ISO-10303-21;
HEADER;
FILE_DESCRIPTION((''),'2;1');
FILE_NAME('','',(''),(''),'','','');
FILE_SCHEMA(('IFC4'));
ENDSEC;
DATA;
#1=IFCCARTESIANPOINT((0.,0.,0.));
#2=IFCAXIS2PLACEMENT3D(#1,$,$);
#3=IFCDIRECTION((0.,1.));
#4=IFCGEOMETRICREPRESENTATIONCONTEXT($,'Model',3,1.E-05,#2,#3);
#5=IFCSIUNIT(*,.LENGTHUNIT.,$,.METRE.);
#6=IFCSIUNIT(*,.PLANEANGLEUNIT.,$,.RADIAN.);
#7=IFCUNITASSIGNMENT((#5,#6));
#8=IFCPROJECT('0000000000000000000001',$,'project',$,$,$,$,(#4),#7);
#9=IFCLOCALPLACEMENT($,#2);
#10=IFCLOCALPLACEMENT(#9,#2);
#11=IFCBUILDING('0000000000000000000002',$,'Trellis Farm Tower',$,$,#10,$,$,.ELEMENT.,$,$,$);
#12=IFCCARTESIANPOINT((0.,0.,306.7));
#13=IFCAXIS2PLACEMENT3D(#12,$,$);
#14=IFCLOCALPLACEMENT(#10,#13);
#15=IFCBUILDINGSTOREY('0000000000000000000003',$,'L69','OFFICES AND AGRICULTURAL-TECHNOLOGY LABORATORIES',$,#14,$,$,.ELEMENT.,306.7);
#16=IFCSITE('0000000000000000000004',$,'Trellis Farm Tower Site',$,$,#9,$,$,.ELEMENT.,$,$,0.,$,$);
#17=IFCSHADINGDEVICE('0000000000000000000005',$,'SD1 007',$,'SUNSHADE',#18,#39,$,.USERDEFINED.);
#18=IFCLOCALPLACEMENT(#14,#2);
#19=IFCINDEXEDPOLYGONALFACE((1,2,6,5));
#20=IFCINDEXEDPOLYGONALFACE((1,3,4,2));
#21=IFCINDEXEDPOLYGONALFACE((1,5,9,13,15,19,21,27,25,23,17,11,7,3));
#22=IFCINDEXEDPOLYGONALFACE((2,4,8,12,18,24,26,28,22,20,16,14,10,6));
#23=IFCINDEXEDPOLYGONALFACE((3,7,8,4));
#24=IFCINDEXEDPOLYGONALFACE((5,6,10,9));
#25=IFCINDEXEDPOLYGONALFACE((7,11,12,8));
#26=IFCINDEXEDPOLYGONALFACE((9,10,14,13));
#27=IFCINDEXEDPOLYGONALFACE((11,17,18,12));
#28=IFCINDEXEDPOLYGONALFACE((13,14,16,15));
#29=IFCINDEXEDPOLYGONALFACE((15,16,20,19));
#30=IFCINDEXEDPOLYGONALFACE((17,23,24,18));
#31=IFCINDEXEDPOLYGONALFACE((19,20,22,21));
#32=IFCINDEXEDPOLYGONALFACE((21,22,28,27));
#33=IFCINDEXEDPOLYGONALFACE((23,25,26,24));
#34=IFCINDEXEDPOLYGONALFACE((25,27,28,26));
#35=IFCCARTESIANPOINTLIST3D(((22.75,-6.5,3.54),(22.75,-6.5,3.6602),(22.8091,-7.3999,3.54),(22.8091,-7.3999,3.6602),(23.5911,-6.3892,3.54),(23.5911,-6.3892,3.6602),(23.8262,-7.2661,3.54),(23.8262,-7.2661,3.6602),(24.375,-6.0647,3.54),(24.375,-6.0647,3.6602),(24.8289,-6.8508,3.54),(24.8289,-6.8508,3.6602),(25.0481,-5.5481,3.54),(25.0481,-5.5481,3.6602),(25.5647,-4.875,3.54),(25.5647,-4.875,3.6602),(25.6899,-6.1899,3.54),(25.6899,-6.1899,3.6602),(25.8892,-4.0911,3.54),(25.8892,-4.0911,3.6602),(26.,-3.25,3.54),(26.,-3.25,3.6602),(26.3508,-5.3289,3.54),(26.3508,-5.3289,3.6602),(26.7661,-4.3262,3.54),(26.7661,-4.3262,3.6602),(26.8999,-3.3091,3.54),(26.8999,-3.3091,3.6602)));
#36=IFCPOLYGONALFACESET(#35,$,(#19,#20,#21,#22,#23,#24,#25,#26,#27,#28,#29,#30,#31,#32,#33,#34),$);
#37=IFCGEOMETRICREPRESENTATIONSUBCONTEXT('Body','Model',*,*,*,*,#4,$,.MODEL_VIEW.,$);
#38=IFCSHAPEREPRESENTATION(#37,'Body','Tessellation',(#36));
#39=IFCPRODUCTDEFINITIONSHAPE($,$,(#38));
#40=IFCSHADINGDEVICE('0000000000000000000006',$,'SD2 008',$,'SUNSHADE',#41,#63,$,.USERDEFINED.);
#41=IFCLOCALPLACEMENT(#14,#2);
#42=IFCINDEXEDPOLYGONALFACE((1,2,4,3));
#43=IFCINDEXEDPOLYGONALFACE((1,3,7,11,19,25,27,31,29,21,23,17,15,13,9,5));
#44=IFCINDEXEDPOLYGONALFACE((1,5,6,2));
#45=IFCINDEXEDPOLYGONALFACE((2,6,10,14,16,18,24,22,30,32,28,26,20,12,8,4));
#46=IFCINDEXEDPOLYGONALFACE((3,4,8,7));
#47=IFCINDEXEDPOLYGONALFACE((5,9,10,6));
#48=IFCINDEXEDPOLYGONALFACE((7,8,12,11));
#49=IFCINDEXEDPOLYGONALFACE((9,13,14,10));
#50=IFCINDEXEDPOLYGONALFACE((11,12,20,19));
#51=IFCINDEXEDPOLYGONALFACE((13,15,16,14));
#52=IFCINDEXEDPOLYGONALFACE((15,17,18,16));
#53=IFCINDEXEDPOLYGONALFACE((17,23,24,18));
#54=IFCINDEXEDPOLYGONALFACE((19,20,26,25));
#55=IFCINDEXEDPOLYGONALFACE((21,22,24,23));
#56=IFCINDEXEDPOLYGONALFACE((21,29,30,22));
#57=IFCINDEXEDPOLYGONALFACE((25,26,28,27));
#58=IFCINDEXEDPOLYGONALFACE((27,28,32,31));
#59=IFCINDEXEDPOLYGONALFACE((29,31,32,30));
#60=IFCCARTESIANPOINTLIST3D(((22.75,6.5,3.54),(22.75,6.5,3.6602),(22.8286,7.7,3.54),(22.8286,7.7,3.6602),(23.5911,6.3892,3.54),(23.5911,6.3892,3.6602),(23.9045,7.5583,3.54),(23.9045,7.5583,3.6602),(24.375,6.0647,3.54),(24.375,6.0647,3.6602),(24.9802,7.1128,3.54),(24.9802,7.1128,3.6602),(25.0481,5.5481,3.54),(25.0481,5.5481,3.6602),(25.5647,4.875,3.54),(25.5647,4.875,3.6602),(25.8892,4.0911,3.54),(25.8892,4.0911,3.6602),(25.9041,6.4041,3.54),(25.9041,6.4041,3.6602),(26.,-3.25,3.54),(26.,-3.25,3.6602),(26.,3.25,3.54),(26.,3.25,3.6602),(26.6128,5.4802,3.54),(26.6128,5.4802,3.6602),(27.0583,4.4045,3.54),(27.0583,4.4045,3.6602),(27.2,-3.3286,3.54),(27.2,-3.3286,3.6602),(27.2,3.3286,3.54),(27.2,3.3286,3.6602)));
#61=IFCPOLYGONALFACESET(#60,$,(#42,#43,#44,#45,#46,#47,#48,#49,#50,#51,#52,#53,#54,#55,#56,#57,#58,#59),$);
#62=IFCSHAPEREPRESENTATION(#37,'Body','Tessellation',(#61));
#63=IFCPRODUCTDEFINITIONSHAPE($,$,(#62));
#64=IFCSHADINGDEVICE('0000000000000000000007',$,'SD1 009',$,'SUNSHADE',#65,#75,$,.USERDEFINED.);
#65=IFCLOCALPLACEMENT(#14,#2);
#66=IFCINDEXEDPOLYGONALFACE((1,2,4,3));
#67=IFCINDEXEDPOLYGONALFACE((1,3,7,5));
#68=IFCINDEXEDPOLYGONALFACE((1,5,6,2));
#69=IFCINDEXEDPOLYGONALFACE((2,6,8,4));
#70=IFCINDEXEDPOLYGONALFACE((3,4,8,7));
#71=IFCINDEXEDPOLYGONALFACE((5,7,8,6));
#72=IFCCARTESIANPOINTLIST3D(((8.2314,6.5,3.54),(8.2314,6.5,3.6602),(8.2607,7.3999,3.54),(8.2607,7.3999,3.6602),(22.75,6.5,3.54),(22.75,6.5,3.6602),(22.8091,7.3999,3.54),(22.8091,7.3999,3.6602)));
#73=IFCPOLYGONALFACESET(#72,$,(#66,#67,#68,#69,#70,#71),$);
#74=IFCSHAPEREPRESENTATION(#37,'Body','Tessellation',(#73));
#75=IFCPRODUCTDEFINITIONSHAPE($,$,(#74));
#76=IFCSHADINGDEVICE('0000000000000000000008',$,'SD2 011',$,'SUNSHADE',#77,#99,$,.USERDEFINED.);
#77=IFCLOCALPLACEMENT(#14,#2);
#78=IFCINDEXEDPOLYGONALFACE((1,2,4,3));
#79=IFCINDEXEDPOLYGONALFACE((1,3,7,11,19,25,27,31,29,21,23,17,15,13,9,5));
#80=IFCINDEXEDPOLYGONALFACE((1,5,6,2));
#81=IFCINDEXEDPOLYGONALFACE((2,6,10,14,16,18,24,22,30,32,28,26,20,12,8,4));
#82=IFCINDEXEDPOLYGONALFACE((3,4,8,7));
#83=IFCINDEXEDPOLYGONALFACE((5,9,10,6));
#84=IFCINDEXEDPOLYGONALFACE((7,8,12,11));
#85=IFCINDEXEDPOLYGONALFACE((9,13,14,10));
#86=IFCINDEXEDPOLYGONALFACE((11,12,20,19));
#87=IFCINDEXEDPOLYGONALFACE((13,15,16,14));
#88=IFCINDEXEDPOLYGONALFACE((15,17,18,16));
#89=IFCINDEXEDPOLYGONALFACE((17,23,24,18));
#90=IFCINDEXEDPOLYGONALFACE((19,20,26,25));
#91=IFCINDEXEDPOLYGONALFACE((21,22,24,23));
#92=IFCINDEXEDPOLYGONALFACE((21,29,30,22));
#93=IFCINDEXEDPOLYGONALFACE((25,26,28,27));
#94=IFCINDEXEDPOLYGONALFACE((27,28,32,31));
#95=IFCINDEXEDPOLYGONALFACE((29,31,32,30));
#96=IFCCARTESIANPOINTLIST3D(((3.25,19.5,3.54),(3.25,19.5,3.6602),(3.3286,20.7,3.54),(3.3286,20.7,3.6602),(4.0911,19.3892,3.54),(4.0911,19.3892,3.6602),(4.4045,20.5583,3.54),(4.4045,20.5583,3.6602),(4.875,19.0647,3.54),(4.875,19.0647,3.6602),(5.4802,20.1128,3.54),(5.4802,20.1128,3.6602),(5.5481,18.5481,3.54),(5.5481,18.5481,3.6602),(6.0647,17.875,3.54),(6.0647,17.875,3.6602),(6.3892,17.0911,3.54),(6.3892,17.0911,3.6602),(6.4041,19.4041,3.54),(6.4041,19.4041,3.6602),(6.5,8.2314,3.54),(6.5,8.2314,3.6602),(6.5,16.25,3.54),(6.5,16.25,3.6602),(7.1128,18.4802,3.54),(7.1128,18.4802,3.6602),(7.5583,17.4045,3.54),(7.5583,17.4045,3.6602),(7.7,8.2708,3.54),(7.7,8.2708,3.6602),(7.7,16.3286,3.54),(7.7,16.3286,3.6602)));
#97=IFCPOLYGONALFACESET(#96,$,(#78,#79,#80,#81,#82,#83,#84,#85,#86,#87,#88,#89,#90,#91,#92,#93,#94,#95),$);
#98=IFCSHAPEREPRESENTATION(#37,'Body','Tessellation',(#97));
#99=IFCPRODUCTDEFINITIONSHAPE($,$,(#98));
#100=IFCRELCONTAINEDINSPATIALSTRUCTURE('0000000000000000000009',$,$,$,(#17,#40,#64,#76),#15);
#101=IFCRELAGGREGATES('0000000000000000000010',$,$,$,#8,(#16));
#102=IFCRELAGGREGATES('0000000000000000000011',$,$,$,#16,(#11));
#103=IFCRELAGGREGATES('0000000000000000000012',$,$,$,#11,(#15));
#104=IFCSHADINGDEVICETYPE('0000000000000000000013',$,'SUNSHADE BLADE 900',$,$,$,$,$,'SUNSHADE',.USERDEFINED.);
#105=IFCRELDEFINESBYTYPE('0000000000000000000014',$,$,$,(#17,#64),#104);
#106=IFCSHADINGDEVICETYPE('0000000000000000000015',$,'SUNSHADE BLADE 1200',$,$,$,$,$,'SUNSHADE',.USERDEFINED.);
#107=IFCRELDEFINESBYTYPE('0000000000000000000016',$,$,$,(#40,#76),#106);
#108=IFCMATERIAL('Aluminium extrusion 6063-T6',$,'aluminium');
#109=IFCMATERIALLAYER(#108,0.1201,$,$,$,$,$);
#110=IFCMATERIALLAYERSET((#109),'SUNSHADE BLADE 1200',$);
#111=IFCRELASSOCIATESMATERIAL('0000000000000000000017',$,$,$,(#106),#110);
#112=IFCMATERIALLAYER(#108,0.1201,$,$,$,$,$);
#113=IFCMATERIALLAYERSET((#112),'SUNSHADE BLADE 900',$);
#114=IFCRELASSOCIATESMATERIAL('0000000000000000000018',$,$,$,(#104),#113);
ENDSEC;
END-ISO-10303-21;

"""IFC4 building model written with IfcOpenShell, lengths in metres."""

from ifc_helpers import new_model, si_unit, direction, frame, origin, place, context, subcontext, project, spatial, polyline, outline, extrude, source, transform, mapped, material, layer, layer_set, type_object, element, save


model = new_model("IFC4")

# Units and contexts
model_context = context("Model", 3, precision=1e-05, world=origin(), true_north=direction((0.0, 1.0)))
body_context = subcontext(model_context, "Body", "Model", "MODEL_VIEW")
ifc_project = project(units=[si_unit("LENGTHUNIT", "METRE"), si_unit("PLANEANGLEUNIT", "RADIAN")], contexts=[model_context])

# Site, building, storey
site_placement = place(None, origin())
site = spatial("IfcSite", under=ifc_project, at=site_placement, Name="Trellis Farm Tower Site", CompositionType="ELEMENT", RefElevation=0.0)
building_placement = place(site_placement, origin())
building = spatial("IfcBuilding", under=site, at=building_placement, Name="Trellis Farm Tower", CompositionType="ELEMENT")
storey_placement = place(building_placement, frame((0.0, 0.0, 306.7)))
storey = spatial("IfcBuildingStorey", under=building, at=storey_placement, Name="L69", Description="OFFICES AND AGRICULTURAL-TECHNOLOGY LABORATORIES", CompositionType="ELEMENT", Elevation=306.7)

# Shared definitions
ifc_material_1 = material(Name="Aluminium extrusion 6063-T6", Category="aluminium")

# Shading devices
ifc_layer_1 = layer(ifc_material_1, 0.1201)
ifc_layer_set_1 = layer_set([ifc_layer_1], Name="SUNSHADE BLADE 1200")
shading_device_type_1 = type_object("IfcShadingDeviceType", Name="SUNSHADE BLADE 1200", ElementType="SUNSHADE", PredefinedType="USERDEFINED", material=ifc_layer_set_1)
placement_1 = place(storey_placement, frame((0.0, 0.0, 3.54)))
ifc_layer_2 = layer(ifc_material_1, 0.1201)
ifc_layer_set_2 = layer_set([ifc_layer_2], Name="SUNSHADE BLADE 900")
shading_device_type_2 = type_object("IfcShadingDeviceType", Name="SUNSHADE BLADE 900", ElementType="SUNSHADE", PredefinedType="USERDEFINED", material=ifc_layer_set_2)
shared_shape_1 = source(origin(), body_context, "Body", "SweptSolid", [
    extrude(outline(polyline([(22.8091, -7.3999), (23.8262, -7.2661), (24.8289, -6.8508), (25.6899, -6.1899), (26.3508, -5.3289), (26.7661, -4.3262), (26.8999, -3.3091), (26.0, -3.25), (25.8892, -4.0911), (25.5647, -4.875), (25.0481, -5.5481), (24.375, -6.0647), (23.5911, -6.3892), (22.75, -6.5), (22.8091, -7.3999)])), origin(), (0.0, 0.0, 1.0), 0.1201),
])
element("IfcShadingDevice", 1, at=placement_1, inside=storey, type_object=shading_device_type_2, Name="SD1 007", ObjectType="SUNSHADE", PredefinedType="USERDEFINED", context=body_context, shape_type="MappedRepresentation", body=[
    mapped(shared_shape_1, transform((0.0, 0.0, 0.0))),
])
shared_shape_2 = source(origin(), body_context, "Body", "SweptSolid", [
    extrude(outline(polyline([(27.2, -3.3286), (27.2, 3.3286), (27.0583, 4.4045), (26.6128, 5.4802), (25.9041, 6.4041), (24.9802, 7.1128), (23.9045, 7.5583), (22.8286, 7.7), (22.75, 6.5), (23.5911, 6.3892), (24.375, 6.0647), (25.0481, 5.5481), (25.5647, 4.875), (25.8892, 4.0911), (26.0, 3.25), (26.0, -3.25), (27.2, -3.3286)])), origin(), (0.0, 0.0, 1.0), 0.1201),
])
element("IfcShadingDevice", 2, at=placement_1, inside=storey, type_object=shading_device_type_1, Name="SD2 008", ObjectType="SUNSHADE", PredefinedType="USERDEFINED", context=body_context, shape_type="MappedRepresentation", body=[
    mapped(shared_shape_2, transform((0.0, 0.0, 0.0))),
])
shared_shape_3 = source(origin(), body_context, "Body", "SweptSolid", [
    extrude(outline(polyline([(22.8091, 7.3999), (8.2607, 7.3999), (8.2314, 6.5), (22.75, 6.5), (22.8091, 7.3999)])), origin(), (0.0, 0.0, 1.0), 0.1201),
])
element("IfcShadingDevice", 3, at=placement_1, inside=storey, type_object=shading_device_type_2, Name="SD1 009", ObjectType="SUNSHADE", PredefinedType="USERDEFINED", context=body_context, shape_type="MappedRepresentation", body=[
    mapped(shared_shape_3, transform((0.0, 0.0, 0.0))),
])
shared_shape_4 = source(origin(), body_context, "Body", "SweptSolid", [
    extrude(outline(polyline([(7.7, 8.2708), (7.7, 16.3286), (7.5583, 17.4045), (7.1128, 18.4802), (6.4041, 19.4041), (5.4802, 20.1128), (4.4045, 20.5583), (3.3286, 20.7), (3.25, 19.5), (4.0911, 19.3892), (4.875, 19.0647), (5.5481, 18.5481), (6.0647, 17.875), (6.3892, 17.0911), (6.5, 16.25), (6.5, 8.2314), (7.7, 8.2708)])), origin(), (0.0, 0.0, 1.0), 0.1201),
])
element("IfcShadingDevice", 4, at=placement_1, inside=storey, type_object=shading_device_type_1, Name="SD2 011", ObjectType="SUNSHADE", PredefinedType="USERDEFINED", context=body_context, shape_type="MappedRepresentation", body=[
    mapped(shared_shape_4, transform((0.0, 0.0, 0.0))),
])

save(model, "model.ifc")
